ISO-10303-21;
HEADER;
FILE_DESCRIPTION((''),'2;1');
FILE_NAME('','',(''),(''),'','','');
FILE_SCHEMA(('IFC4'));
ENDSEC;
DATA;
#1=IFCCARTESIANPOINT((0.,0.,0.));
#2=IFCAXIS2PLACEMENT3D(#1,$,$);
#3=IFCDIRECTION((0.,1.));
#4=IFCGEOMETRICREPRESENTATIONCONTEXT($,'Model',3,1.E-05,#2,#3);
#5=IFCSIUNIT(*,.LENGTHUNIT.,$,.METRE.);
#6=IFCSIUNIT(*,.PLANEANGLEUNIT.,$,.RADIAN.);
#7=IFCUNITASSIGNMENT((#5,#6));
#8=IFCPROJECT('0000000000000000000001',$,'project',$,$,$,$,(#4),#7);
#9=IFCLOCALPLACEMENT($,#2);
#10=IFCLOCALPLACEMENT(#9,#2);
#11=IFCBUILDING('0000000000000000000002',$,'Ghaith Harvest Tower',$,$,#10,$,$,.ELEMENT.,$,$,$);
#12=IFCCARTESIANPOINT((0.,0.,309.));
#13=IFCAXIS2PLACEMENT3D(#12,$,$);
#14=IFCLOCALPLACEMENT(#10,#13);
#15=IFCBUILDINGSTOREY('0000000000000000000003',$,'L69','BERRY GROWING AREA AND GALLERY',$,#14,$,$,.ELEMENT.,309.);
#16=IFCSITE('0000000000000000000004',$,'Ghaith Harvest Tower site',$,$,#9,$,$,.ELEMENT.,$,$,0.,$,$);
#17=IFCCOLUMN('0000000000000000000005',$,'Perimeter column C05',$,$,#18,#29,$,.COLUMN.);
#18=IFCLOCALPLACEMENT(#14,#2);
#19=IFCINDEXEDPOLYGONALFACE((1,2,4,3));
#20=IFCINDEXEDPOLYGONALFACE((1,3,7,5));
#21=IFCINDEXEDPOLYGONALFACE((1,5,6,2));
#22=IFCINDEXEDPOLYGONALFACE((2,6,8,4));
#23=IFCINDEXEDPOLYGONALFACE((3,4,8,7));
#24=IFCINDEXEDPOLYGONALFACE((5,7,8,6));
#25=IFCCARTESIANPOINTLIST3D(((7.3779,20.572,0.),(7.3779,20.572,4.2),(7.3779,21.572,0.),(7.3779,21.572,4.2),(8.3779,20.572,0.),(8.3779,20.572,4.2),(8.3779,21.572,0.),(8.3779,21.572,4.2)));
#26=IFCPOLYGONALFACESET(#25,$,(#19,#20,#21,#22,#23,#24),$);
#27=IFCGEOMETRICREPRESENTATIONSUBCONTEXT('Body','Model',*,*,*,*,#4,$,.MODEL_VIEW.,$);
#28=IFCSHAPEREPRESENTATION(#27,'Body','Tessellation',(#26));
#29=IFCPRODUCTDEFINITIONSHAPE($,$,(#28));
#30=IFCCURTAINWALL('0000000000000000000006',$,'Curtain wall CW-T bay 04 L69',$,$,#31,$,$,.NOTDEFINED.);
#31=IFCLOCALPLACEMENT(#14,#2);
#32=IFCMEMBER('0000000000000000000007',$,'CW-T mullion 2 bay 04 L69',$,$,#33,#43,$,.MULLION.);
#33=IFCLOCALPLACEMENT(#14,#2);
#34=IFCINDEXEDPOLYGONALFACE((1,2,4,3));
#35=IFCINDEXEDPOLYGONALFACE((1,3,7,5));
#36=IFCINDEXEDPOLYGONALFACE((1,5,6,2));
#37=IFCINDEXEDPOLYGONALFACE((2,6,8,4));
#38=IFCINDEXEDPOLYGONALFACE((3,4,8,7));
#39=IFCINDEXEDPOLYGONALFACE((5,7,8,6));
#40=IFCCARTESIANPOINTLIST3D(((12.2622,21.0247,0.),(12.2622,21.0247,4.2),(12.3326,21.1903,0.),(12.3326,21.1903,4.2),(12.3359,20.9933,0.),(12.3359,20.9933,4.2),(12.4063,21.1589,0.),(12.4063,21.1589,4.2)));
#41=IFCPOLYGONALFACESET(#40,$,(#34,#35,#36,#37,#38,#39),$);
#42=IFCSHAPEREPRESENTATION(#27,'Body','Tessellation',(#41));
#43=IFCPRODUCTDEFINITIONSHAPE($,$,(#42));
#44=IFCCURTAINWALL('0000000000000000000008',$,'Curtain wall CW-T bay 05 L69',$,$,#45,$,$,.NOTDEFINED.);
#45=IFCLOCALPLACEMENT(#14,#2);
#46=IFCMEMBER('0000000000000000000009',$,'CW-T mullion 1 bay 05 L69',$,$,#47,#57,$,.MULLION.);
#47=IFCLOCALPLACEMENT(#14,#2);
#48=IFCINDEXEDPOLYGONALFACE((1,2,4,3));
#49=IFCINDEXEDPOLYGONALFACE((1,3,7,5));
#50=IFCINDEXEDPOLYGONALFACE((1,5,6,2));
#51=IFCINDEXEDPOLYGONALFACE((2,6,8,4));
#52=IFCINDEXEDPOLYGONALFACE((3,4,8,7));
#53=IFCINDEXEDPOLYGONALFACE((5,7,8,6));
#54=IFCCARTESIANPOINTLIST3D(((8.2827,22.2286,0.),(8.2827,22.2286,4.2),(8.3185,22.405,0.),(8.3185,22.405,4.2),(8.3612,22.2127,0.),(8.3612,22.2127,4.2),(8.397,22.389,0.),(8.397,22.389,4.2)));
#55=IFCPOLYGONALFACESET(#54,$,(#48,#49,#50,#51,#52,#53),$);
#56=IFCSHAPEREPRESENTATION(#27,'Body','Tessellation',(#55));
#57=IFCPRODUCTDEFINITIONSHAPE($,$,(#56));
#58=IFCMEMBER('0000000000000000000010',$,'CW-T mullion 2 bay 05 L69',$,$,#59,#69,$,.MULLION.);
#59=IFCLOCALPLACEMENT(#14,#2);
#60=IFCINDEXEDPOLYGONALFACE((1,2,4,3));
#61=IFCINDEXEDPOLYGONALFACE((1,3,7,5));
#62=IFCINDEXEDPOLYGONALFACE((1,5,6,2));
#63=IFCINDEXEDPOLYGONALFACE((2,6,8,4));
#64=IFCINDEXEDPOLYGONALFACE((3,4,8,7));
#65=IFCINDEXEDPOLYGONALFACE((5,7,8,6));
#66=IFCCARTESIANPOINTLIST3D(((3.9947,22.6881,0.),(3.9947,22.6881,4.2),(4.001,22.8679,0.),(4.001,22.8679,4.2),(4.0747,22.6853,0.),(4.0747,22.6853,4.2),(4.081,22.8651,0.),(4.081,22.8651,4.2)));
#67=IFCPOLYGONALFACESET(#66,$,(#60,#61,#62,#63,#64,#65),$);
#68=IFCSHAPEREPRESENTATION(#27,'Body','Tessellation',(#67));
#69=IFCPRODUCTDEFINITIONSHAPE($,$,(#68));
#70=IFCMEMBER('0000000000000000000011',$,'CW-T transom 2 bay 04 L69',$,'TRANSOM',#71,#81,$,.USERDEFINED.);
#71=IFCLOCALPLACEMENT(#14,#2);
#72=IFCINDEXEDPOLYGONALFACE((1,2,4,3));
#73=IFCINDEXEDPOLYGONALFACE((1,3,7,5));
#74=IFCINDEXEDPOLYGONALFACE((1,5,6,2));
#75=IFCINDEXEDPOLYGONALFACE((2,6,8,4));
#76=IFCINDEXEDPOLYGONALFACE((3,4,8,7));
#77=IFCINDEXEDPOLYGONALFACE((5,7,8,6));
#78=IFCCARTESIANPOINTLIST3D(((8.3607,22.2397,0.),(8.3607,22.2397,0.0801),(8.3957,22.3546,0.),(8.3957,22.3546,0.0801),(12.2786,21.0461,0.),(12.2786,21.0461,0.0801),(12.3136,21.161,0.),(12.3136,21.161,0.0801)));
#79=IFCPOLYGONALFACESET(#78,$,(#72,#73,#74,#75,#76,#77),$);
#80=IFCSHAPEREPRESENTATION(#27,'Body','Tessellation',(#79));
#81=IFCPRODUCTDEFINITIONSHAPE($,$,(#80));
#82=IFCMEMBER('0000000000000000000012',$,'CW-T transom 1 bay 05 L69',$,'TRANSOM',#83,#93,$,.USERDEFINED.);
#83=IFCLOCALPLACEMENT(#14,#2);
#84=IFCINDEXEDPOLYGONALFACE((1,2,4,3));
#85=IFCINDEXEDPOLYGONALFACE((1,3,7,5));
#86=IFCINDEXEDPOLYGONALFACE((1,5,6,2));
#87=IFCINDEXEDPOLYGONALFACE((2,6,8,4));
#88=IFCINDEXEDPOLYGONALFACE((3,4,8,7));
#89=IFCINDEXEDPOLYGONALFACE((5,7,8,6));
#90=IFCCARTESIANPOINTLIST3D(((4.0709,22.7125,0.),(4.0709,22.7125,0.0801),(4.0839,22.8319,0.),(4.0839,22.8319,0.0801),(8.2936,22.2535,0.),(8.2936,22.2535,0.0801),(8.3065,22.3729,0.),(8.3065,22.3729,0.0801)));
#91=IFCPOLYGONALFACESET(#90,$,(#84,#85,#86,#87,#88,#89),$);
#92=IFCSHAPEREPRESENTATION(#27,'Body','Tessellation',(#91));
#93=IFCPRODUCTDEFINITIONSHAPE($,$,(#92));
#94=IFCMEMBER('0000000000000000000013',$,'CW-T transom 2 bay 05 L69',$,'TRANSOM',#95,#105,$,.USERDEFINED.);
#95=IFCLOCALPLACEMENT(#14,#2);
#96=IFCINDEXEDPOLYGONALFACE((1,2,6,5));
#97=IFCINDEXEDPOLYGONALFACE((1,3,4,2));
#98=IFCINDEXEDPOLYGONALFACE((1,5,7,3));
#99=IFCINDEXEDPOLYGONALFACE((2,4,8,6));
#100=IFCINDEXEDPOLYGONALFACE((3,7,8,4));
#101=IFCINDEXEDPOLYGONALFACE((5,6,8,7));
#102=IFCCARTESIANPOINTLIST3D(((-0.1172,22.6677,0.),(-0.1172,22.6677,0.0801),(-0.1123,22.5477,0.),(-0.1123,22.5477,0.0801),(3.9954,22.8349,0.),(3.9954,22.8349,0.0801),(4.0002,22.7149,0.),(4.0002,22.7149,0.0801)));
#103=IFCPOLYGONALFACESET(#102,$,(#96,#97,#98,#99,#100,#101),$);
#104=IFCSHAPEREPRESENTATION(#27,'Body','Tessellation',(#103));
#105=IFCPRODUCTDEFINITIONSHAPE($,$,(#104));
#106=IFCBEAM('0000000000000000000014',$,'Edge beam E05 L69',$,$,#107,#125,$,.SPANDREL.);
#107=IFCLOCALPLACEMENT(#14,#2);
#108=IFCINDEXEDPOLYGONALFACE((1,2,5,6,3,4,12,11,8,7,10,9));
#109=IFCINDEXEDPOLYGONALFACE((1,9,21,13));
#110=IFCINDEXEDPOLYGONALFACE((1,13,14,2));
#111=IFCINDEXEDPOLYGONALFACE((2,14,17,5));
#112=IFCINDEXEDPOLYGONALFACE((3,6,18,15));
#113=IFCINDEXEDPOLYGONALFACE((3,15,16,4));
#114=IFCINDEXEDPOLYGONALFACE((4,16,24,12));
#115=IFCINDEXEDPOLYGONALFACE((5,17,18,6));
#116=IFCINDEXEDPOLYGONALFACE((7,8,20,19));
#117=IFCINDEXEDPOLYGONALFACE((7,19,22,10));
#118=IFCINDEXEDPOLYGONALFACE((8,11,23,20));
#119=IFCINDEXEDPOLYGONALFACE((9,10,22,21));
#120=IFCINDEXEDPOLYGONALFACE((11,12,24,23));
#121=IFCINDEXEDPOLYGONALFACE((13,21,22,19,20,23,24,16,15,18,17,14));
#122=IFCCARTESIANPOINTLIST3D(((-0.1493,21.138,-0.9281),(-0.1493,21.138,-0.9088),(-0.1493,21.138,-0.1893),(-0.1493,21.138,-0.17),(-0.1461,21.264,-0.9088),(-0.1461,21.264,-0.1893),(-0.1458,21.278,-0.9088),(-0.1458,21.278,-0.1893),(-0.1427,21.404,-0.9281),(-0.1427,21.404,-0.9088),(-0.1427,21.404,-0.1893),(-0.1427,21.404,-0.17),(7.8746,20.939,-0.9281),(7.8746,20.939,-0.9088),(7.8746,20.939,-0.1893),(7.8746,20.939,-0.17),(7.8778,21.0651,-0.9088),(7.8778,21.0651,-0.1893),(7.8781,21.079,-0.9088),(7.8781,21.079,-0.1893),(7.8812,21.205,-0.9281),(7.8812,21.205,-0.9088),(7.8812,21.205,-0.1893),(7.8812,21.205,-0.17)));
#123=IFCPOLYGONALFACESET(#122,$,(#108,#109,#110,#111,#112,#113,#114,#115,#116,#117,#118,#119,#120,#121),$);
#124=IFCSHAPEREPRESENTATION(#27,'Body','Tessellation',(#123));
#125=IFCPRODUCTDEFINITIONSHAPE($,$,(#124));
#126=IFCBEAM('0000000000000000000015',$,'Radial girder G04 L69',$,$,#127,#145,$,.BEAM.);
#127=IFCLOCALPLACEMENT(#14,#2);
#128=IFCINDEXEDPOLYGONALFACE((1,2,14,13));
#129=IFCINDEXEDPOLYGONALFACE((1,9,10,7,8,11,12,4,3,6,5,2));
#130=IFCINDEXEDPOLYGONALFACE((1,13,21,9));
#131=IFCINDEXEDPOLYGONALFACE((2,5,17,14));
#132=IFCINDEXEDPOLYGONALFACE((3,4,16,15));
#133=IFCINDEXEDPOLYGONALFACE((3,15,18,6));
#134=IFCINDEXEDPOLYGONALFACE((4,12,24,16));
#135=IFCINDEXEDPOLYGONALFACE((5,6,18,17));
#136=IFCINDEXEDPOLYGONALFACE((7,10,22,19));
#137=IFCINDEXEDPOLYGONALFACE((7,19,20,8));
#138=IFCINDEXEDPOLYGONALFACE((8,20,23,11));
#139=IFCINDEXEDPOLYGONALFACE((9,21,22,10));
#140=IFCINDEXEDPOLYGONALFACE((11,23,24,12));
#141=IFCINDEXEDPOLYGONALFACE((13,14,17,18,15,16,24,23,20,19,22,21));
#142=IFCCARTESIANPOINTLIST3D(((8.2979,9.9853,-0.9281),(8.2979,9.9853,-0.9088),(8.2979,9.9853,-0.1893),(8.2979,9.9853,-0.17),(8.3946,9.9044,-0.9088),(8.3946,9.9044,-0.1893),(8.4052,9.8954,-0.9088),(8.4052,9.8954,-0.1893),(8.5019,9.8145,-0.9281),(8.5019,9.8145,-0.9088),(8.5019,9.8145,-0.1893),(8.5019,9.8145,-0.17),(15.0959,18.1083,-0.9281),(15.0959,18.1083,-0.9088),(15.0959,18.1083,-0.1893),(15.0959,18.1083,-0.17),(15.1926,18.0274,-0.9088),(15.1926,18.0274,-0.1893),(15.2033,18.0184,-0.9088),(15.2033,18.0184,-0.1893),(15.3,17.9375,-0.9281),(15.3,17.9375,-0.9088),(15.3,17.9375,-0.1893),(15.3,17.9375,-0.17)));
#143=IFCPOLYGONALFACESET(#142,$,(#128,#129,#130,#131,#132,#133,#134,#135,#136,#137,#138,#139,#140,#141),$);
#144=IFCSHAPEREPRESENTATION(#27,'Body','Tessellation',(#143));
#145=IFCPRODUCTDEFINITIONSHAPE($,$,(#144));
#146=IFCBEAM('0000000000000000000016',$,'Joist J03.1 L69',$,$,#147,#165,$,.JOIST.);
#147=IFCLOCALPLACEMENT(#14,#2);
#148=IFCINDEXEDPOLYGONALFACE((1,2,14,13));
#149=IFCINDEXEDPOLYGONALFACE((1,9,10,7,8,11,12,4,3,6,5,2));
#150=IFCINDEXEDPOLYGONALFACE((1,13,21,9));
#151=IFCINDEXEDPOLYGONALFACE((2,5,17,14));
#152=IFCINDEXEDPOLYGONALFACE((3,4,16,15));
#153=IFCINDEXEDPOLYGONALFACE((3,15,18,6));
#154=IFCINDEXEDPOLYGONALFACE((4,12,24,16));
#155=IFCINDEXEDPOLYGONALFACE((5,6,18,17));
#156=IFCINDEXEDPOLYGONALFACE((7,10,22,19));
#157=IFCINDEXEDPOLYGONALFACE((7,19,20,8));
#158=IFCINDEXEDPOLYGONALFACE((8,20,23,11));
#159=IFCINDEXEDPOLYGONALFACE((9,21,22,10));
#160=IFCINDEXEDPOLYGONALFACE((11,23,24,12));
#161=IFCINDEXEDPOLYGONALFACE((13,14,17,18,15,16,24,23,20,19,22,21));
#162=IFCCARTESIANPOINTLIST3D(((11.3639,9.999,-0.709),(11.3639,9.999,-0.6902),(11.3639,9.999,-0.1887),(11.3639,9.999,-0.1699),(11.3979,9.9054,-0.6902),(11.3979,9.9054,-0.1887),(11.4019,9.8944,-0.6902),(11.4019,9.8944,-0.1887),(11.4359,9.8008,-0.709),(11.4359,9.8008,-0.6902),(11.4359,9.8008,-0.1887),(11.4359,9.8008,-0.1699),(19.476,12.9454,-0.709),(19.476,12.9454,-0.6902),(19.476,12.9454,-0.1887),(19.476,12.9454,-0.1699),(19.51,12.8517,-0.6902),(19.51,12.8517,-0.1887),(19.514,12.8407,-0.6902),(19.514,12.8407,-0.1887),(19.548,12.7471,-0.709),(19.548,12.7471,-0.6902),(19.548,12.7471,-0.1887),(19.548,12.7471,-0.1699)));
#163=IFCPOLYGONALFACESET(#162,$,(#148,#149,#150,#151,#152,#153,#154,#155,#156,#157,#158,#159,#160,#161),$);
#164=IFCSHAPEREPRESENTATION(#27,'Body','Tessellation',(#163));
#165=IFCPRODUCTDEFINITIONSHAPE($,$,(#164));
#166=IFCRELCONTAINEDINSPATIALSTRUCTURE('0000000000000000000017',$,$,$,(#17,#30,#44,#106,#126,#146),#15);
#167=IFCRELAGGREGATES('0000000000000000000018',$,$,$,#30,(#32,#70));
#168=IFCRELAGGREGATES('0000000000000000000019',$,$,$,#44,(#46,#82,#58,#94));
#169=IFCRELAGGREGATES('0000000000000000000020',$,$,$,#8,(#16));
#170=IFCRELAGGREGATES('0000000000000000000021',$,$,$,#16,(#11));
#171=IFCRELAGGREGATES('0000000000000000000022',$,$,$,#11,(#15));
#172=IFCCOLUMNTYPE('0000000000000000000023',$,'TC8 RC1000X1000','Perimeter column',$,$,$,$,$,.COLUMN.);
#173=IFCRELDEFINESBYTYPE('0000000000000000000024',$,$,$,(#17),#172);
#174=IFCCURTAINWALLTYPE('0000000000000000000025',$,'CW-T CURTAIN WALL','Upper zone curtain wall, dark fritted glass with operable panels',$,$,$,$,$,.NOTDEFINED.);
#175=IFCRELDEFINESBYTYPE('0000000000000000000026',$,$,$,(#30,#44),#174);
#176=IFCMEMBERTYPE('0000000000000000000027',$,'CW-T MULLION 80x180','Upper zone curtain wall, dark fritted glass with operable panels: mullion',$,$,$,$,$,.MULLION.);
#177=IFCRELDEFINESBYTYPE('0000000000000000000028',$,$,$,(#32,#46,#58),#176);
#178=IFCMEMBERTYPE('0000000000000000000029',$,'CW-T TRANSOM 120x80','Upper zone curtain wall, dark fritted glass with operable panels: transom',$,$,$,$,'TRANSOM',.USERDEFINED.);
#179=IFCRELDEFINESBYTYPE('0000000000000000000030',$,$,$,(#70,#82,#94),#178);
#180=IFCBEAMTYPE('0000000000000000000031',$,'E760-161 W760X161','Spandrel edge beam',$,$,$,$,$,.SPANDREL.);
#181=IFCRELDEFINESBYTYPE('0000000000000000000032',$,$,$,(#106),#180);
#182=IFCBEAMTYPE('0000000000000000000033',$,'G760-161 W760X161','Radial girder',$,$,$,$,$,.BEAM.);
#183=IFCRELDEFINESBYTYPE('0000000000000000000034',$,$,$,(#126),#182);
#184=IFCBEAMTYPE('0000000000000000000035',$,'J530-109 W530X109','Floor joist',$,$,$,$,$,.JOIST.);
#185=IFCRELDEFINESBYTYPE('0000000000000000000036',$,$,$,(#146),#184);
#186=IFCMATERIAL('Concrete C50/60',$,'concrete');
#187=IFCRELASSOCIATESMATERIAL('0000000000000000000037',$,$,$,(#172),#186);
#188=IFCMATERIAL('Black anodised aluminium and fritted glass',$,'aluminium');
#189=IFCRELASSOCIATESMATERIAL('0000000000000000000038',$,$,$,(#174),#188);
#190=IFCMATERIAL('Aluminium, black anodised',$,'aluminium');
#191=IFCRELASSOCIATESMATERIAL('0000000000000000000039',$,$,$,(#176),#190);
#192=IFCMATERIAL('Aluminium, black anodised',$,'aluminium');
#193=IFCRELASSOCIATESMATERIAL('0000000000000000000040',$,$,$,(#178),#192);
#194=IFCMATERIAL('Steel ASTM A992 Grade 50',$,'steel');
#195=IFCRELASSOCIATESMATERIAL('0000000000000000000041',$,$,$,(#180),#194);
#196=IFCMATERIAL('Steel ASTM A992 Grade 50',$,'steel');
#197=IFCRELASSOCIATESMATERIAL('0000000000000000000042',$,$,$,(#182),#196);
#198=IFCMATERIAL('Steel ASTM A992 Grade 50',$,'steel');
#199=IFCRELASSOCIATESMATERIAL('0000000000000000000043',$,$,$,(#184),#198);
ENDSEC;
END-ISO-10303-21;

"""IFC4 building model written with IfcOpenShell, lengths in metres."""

from ifc_helpers import new_model, si_unit, direction, frame, origin, origin_2d, place, context, subcontext, project, spatial, rectangle, i_section, extrude, material, material_profile, profile_set, type_object, element, aggregate, save


model = new_model("IFC4")

# Units and contexts
model_context = context("Model", 3, precision=1e-05, world=origin(), true_north=direction((0.0, 1.0)))
body_context = subcontext(model_context, "Body", "Model", "MODEL_VIEW")
ifc_project = project(units=[si_unit("LENGTHUNIT", "METRE"), si_unit("PLANEANGLEUNIT", "RADIAN")], contexts=[model_context])

# Site, building, storey
site_placement = place(None, origin())
site = spatial("IfcSite", under=ifc_project, at=site_placement, Name="Ghaith Harvest Tower site", CompositionType="ELEMENT", RefElevation=0.0)
building_placement = place(site_placement, origin())
building = spatial("IfcBuilding", under=site, at=building_placement, Name="Ghaith Harvest Tower", CompositionType="ELEMENT")
storey_placement = place(building_placement, frame((0.0, 0.0, 309.0)))
storey = spatial("IfcBuildingStorey", under=building, at=storey_placement, Name="L69", Description="BERRY GROWING AREA AND GALLERY", CompositionType="ELEMENT", Elevation=309.0)

# Column
ifc_material_1 = material(Name="Concrete C50/60", Category="concrete")
ifc_material_profile_1 = material_profile(ifc_material_1, rectangle(XDim=1.0, YDim=1.0, at=origin_2d()), Name="RC1000X1000")
ifc_profile_set_1 = profile_set([ifc_material_profile_1], Name="Concrete C50/60")
column_type = type_object("IfcColumnType", Name="TC8 RC1000X1000", Description="Perimeter column", PredefinedType="COLUMN", material=ifc_profile_set_1)
column_placement = place(storey_placement, frame((7.8779, 21.072, 0.0), z_axis=(0.0, 0.0, 1.0), x_axis=(1.0, 0.0, 0.0)))
element("IfcColumn", 1, at=column_placement, inside=storey, type_object=column_type, Name="Perimeter column C05", PredefinedType="COLUMN", context=body_context, shape_type="SweptSolid", body=[
    extrude(rectangle(XDim=1.0, YDim=1.0, at=origin_2d()), origin(), (0.0, 0.0, 1.0), 4.2),
])

# Curtain wall, member
ifc_material_2 = material(Name="Black anodised aluminium and fritted glass", Category="aluminium")
curtain_wall_type = type_object("IfcCurtainWallType", Name="CW-T CURTAIN WALL", Description="Upper zone curtain wall, dark fritted glass with operable panels", PredefinedType="NOTDEFINED", material=ifc_material_2)
curtain_wall_1_placement = place(storey_placement, origin())
curtain_wall_1 = element("IfcCurtainWall", 2, at=curtain_wall_1_placement, inside=storey, type_object=curtain_wall_type, Name="Curtain wall CW-T bay 04 L69", PredefinedType="NOTDEFINED")
ifc_material_3 = material(Name="Aluminium, black anodised", Category="aluminium")
ifc_material_profile_2 = material_profile(ifc_material_3, rectangle(XDim=0.0801, YDim=0.1799, at=origin_2d()), Name="CW-T MULLION 80x180")
ifc_profile_set_2 = profile_set([ifc_material_profile_2], Name="Aluminium, black anodised")
member_type_1 = type_object("IfcMemberType", Name="CW-T MULLION 80x180", Description="Upper zone curtain wall, dark fritted glass with operable panels: mullion", PredefinedType="MULLION", material=ifc_profile_set_2)
member_1_placement = place(storey_placement, frame((12.3342, 21.0918, 0.0), z_axis=(0.0, 0.0, 1.0), x_axis=(-0.920319, 0.391168, 0.0)))
member_1 = element("IfcMember", 3, at=member_1_placement, type_object=member_type_1, Name="CW-T mullion 2 bay 04 L69", PredefinedType="MULLION", context=body_context, shape_type="SweptSolid", body=[
    extrude(rectangle(XDim=0.0801, YDim=0.1799, at=origin_2d()), origin(), (0.0, 0.0, 1.0), 4.2),
])

# Curtain wall, members
curtain_wall_2_placement = place(storey_placement, origin())
curtain_wall_2 = element("IfcCurtainWall", 4, at=curtain_wall_2_placement, inside=storey, type_object=curtain_wall_type, Name="Curtain wall CW-T bay 05 L69", PredefinedType="NOTDEFINED")
member_2_placement = place(storey_placement, frame((8.3398, 22.3088, 0.0), z_axis=(0.0, 0.0, 1.0), x_axis=(-0.98, 0.198997, 0.0)))
member_2 = element("IfcMember", 5, at=member_2_placement, type_object=member_type_1, Name="CW-T mullion 1 bay 05 L69", PredefinedType="MULLION", context=body_context, shape_type="SweptSolid", body=[
    extrude(rectangle(XDim=0.0801, YDim=0.1799, at=origin_2d()), origin(), (0.0, 0.0, 1.0), 4.2),
])
member_3_placement = place(storey_placement, frame((4.0378, 22.7766, 0.0), z_axis=(0.0, 0.0, 1.0), x_axis=(-0.999389, 0.034962, 0.0)))
member_3 = element("IfcMember", 6, at=member_3_placement, type_object=member_type_1, Name="CW-T mullion 2 bay 05 L69", PredefinedType="MULLION", context=body_context, shape_type="SweptSolid", body=[
    extrude(rectangle(XDim=0.0801, YDim=0.1799, at=origin_2d()), origin(), (0.0, 0.0, 1.0), 4.2),
])

# Members
ifc_material_4 = material(Name="Aluminium, black anodised", Category="aluminium")
ifc_material_profile_3 = material_profile(ifc_material_4, rectangle(XDim=0.1201, YDim=0.0801, at=origin_2d()), Name="CW-T TRANSOM 120x80")
ifc_profile_set_3 = profile_set([ifc_material_profile_3], Name="Aluminium, black anodised")
member_type_2 = type_object("IfcMemberType", Name="CW-T TRANSOM 120x80", Description="Upper zone curtain wall, dark fritted glass with operable panels: transom", ElementType="TRANSOM", PredefinedType="USERDEFINED", material=ifc_profile_set_3)
member_4_placement = place(storey_placement, frame((12.2961, 21.1035, 0.04), z_axis=(-0.956594, 0.291425, 0.0), x_axis=(-0.291425, -0.956594, 0.0)))
member_4 = element("IfcMember", 7, at=member_4_placement, type_object=member_type_2, Name="CW-T transom 2 bay 04 L69", ObjectType="TRANSOM", PredefinedType="USERDEFINED", context=body_context, shape_type="SweptSolid", body=[
    extrude(rectangle(XDim=0.1201, YDim=0.0801, at=origin_2d()), origin(), (0.0, 0.0, 1.0), 4.0957),
])
member_5_placement = place(storey_placement, frame((8.3, 22.3132, 0.04), z_axis=(-0.994144, 0.108059, 0.0), x_axis=(-0.108059, -0.994144, 0.0)))
member_5 = element("IfcMember", 8, at=member_5_placement, type_object=member_type_2, Name="CW-T transom 1 bay 05 L69", ObjectType="TRANSOM", PredefinedType="USERDEFINED", context=body_context, shape_type="SweptSolid", body=[
    extrude(rectangle(XDim=0.1201, YDim=0.0801, at=origin_2d()), origin(), (0.0, 0.0, 1.0), 4.2476),
])
member_6_placement = place(storey_placement, frame((3.9978, 22.7749, 0.04), z_axis=(-0.999174, -0.040631, 0.0), x_axis=(0.040631, -0.999174, 0.0)))
member_6 = element("IfcMember", 9, at=member_6_placement, type_object=member_type_2, Name="CW-T transom 2 bay 05 L69", ObjectType="TRANSOM", PredefinedType="USERDEFINED", context=body_context, shape_type="SweptSolid", body=[
    extrude(rectangle(XDim=0.1201, YDim=0.0801, at=origin_2d()), origin(), (0.0, 0.0, 1.0), 4.116),
])

# Beams
ifc_material_5 = material(Name="Steel ASTM A992 Grade 50", Category="steel")
ifc_material_profile_4 = material_profile(ifc_material_5, i_section(OverallWidth=0.2661, OverallDepth=0.7581, WebThickness=0.0139, FlangeThickness=0.0193, at=origin_2d()), Name="W760X161")
ifc_profile_set_4 = profile_set([ifc_material_profile_4], Name="Steel ASTM A992 Grade 50")
beam_type_1 = type_object("IfcBeamType", Name="E760-161 W760X161", Description="Spandrel edge beam", PredefinedType="SPANDREL", material=ifc_profile_set_4)
beam_1_placement = place(storey_placement, frame((7.8779, 21.072, -0.5491), z_axis=(-0.999693, 0.02479, 0.0), x_axis=(-0.02479, -0.999693, 0.0)))
element("IfcBeam", 10, at=beam_1_placement, inside=storey, type_object=beam_type_1, Name="Edge beam E05 L69", PredefinedType="SPANDREL", context=body_context, shape_type="SweptSolid", body=[
    extrude(i_section(OverallWidth=0.2661, OverallDepth=0.7581, WebThickness=0.0139, FlangeThickness=0.0193, at=origin_2d()), origin(), (0.0, 0.0, 1.0), 8.0264),
])
ifc_material_6 = material(Name="Steel ASTM A992 Grade 50", Category="steel")
ifc_material_profile_5 = material_profile(ifc_material_6, i_section(OverallWidth=0.2661, OverallDepth=0.7581, WebThickness=0.0139, FlangeThickness=0.0193, at=origin_2d()), Name="W760X161")
ifc_profile_set_5 = profile_set([ifc_material_profile_5], Name="Steel ASTM A992 Grade 50")
beam_type_2 = type_object("IfcBeamType", Name="G760-161 W760X161", Description="Radial girder", PredefinedType="BEAM", material=ifc_profile_set_5)
beam_2_placement = place(storey_placement, frame((8.3999, 9.8999, -0.5491), z_axis=(0.641793, 0.766878, 0.0), x_axis=(-0.766878, 0.641793, 0.0)))
element("IfcBeam", 11, at=beam_2_placement, inside=storey, type_object=beam_type_2, Name="Radial girder G04 L69", PredefinedType="BEAM", context=body_context, shape_type="SweptSolid", body=[
    extrude(i_section(OverallWidth=0.2661, OverallDepth=0.7581, WebThickness=0.0139, FlangeThickness=0.0193, at=origin_2d()), origin(), (0.0, 0.0, 1.0), 10.5923),
])
ifc_material_7 = material(Name="Steel ASTM A992 Grade 50", Category="steel")
ifc_material_profile_6 = material_profile(ifc_material_7, i_section(OverallWidth=0.2109, OverallDepth=0.5391, WebThickness=0.0117, FlangeThickness=0.0188, at=origin_2d()), Name="W530X109")
ifc_profile_set_6 = profile_set([ifc_material_profile_6], Name="Steel ASTM A992 Grade 50")
beam_type_3 = type_object("IfcBeamType", Name="J530-109 W530X109", Description="Floor joist", PredefinedType="JOIST", material=ifc_profile_set_6)
beam_3_placement = place(storey_placement, frame((11.3999, 9.8999, -0.4395), z_axis=(0.939926, 0.34138, 0.0), x_axis=(-0.34138, 0.939926, 0.0)))
element("IfcBeam", 12, at=beam_3_placement, inside=storey, type_object=beam_type_3, Name="Joist J03.1 L69", PredefinedType="JOIST", context=body_context, shape_type="SweptSolid", body=[
    extrude(i_section(OverallWidth=0.2109, OverallDepth=0.5391, WebThickness=0.0117, FlangeThickness=0.0188, at=origin_2d()), origin(), (0.0, 0.0, 1.0), 8.6306),
])

aggregate(curtain_wall_1, [member_1, member_4])
aggregate(curtain_wall_2, [member_2, member_5, member_3, member_6])

save(model, "model.ifc")
